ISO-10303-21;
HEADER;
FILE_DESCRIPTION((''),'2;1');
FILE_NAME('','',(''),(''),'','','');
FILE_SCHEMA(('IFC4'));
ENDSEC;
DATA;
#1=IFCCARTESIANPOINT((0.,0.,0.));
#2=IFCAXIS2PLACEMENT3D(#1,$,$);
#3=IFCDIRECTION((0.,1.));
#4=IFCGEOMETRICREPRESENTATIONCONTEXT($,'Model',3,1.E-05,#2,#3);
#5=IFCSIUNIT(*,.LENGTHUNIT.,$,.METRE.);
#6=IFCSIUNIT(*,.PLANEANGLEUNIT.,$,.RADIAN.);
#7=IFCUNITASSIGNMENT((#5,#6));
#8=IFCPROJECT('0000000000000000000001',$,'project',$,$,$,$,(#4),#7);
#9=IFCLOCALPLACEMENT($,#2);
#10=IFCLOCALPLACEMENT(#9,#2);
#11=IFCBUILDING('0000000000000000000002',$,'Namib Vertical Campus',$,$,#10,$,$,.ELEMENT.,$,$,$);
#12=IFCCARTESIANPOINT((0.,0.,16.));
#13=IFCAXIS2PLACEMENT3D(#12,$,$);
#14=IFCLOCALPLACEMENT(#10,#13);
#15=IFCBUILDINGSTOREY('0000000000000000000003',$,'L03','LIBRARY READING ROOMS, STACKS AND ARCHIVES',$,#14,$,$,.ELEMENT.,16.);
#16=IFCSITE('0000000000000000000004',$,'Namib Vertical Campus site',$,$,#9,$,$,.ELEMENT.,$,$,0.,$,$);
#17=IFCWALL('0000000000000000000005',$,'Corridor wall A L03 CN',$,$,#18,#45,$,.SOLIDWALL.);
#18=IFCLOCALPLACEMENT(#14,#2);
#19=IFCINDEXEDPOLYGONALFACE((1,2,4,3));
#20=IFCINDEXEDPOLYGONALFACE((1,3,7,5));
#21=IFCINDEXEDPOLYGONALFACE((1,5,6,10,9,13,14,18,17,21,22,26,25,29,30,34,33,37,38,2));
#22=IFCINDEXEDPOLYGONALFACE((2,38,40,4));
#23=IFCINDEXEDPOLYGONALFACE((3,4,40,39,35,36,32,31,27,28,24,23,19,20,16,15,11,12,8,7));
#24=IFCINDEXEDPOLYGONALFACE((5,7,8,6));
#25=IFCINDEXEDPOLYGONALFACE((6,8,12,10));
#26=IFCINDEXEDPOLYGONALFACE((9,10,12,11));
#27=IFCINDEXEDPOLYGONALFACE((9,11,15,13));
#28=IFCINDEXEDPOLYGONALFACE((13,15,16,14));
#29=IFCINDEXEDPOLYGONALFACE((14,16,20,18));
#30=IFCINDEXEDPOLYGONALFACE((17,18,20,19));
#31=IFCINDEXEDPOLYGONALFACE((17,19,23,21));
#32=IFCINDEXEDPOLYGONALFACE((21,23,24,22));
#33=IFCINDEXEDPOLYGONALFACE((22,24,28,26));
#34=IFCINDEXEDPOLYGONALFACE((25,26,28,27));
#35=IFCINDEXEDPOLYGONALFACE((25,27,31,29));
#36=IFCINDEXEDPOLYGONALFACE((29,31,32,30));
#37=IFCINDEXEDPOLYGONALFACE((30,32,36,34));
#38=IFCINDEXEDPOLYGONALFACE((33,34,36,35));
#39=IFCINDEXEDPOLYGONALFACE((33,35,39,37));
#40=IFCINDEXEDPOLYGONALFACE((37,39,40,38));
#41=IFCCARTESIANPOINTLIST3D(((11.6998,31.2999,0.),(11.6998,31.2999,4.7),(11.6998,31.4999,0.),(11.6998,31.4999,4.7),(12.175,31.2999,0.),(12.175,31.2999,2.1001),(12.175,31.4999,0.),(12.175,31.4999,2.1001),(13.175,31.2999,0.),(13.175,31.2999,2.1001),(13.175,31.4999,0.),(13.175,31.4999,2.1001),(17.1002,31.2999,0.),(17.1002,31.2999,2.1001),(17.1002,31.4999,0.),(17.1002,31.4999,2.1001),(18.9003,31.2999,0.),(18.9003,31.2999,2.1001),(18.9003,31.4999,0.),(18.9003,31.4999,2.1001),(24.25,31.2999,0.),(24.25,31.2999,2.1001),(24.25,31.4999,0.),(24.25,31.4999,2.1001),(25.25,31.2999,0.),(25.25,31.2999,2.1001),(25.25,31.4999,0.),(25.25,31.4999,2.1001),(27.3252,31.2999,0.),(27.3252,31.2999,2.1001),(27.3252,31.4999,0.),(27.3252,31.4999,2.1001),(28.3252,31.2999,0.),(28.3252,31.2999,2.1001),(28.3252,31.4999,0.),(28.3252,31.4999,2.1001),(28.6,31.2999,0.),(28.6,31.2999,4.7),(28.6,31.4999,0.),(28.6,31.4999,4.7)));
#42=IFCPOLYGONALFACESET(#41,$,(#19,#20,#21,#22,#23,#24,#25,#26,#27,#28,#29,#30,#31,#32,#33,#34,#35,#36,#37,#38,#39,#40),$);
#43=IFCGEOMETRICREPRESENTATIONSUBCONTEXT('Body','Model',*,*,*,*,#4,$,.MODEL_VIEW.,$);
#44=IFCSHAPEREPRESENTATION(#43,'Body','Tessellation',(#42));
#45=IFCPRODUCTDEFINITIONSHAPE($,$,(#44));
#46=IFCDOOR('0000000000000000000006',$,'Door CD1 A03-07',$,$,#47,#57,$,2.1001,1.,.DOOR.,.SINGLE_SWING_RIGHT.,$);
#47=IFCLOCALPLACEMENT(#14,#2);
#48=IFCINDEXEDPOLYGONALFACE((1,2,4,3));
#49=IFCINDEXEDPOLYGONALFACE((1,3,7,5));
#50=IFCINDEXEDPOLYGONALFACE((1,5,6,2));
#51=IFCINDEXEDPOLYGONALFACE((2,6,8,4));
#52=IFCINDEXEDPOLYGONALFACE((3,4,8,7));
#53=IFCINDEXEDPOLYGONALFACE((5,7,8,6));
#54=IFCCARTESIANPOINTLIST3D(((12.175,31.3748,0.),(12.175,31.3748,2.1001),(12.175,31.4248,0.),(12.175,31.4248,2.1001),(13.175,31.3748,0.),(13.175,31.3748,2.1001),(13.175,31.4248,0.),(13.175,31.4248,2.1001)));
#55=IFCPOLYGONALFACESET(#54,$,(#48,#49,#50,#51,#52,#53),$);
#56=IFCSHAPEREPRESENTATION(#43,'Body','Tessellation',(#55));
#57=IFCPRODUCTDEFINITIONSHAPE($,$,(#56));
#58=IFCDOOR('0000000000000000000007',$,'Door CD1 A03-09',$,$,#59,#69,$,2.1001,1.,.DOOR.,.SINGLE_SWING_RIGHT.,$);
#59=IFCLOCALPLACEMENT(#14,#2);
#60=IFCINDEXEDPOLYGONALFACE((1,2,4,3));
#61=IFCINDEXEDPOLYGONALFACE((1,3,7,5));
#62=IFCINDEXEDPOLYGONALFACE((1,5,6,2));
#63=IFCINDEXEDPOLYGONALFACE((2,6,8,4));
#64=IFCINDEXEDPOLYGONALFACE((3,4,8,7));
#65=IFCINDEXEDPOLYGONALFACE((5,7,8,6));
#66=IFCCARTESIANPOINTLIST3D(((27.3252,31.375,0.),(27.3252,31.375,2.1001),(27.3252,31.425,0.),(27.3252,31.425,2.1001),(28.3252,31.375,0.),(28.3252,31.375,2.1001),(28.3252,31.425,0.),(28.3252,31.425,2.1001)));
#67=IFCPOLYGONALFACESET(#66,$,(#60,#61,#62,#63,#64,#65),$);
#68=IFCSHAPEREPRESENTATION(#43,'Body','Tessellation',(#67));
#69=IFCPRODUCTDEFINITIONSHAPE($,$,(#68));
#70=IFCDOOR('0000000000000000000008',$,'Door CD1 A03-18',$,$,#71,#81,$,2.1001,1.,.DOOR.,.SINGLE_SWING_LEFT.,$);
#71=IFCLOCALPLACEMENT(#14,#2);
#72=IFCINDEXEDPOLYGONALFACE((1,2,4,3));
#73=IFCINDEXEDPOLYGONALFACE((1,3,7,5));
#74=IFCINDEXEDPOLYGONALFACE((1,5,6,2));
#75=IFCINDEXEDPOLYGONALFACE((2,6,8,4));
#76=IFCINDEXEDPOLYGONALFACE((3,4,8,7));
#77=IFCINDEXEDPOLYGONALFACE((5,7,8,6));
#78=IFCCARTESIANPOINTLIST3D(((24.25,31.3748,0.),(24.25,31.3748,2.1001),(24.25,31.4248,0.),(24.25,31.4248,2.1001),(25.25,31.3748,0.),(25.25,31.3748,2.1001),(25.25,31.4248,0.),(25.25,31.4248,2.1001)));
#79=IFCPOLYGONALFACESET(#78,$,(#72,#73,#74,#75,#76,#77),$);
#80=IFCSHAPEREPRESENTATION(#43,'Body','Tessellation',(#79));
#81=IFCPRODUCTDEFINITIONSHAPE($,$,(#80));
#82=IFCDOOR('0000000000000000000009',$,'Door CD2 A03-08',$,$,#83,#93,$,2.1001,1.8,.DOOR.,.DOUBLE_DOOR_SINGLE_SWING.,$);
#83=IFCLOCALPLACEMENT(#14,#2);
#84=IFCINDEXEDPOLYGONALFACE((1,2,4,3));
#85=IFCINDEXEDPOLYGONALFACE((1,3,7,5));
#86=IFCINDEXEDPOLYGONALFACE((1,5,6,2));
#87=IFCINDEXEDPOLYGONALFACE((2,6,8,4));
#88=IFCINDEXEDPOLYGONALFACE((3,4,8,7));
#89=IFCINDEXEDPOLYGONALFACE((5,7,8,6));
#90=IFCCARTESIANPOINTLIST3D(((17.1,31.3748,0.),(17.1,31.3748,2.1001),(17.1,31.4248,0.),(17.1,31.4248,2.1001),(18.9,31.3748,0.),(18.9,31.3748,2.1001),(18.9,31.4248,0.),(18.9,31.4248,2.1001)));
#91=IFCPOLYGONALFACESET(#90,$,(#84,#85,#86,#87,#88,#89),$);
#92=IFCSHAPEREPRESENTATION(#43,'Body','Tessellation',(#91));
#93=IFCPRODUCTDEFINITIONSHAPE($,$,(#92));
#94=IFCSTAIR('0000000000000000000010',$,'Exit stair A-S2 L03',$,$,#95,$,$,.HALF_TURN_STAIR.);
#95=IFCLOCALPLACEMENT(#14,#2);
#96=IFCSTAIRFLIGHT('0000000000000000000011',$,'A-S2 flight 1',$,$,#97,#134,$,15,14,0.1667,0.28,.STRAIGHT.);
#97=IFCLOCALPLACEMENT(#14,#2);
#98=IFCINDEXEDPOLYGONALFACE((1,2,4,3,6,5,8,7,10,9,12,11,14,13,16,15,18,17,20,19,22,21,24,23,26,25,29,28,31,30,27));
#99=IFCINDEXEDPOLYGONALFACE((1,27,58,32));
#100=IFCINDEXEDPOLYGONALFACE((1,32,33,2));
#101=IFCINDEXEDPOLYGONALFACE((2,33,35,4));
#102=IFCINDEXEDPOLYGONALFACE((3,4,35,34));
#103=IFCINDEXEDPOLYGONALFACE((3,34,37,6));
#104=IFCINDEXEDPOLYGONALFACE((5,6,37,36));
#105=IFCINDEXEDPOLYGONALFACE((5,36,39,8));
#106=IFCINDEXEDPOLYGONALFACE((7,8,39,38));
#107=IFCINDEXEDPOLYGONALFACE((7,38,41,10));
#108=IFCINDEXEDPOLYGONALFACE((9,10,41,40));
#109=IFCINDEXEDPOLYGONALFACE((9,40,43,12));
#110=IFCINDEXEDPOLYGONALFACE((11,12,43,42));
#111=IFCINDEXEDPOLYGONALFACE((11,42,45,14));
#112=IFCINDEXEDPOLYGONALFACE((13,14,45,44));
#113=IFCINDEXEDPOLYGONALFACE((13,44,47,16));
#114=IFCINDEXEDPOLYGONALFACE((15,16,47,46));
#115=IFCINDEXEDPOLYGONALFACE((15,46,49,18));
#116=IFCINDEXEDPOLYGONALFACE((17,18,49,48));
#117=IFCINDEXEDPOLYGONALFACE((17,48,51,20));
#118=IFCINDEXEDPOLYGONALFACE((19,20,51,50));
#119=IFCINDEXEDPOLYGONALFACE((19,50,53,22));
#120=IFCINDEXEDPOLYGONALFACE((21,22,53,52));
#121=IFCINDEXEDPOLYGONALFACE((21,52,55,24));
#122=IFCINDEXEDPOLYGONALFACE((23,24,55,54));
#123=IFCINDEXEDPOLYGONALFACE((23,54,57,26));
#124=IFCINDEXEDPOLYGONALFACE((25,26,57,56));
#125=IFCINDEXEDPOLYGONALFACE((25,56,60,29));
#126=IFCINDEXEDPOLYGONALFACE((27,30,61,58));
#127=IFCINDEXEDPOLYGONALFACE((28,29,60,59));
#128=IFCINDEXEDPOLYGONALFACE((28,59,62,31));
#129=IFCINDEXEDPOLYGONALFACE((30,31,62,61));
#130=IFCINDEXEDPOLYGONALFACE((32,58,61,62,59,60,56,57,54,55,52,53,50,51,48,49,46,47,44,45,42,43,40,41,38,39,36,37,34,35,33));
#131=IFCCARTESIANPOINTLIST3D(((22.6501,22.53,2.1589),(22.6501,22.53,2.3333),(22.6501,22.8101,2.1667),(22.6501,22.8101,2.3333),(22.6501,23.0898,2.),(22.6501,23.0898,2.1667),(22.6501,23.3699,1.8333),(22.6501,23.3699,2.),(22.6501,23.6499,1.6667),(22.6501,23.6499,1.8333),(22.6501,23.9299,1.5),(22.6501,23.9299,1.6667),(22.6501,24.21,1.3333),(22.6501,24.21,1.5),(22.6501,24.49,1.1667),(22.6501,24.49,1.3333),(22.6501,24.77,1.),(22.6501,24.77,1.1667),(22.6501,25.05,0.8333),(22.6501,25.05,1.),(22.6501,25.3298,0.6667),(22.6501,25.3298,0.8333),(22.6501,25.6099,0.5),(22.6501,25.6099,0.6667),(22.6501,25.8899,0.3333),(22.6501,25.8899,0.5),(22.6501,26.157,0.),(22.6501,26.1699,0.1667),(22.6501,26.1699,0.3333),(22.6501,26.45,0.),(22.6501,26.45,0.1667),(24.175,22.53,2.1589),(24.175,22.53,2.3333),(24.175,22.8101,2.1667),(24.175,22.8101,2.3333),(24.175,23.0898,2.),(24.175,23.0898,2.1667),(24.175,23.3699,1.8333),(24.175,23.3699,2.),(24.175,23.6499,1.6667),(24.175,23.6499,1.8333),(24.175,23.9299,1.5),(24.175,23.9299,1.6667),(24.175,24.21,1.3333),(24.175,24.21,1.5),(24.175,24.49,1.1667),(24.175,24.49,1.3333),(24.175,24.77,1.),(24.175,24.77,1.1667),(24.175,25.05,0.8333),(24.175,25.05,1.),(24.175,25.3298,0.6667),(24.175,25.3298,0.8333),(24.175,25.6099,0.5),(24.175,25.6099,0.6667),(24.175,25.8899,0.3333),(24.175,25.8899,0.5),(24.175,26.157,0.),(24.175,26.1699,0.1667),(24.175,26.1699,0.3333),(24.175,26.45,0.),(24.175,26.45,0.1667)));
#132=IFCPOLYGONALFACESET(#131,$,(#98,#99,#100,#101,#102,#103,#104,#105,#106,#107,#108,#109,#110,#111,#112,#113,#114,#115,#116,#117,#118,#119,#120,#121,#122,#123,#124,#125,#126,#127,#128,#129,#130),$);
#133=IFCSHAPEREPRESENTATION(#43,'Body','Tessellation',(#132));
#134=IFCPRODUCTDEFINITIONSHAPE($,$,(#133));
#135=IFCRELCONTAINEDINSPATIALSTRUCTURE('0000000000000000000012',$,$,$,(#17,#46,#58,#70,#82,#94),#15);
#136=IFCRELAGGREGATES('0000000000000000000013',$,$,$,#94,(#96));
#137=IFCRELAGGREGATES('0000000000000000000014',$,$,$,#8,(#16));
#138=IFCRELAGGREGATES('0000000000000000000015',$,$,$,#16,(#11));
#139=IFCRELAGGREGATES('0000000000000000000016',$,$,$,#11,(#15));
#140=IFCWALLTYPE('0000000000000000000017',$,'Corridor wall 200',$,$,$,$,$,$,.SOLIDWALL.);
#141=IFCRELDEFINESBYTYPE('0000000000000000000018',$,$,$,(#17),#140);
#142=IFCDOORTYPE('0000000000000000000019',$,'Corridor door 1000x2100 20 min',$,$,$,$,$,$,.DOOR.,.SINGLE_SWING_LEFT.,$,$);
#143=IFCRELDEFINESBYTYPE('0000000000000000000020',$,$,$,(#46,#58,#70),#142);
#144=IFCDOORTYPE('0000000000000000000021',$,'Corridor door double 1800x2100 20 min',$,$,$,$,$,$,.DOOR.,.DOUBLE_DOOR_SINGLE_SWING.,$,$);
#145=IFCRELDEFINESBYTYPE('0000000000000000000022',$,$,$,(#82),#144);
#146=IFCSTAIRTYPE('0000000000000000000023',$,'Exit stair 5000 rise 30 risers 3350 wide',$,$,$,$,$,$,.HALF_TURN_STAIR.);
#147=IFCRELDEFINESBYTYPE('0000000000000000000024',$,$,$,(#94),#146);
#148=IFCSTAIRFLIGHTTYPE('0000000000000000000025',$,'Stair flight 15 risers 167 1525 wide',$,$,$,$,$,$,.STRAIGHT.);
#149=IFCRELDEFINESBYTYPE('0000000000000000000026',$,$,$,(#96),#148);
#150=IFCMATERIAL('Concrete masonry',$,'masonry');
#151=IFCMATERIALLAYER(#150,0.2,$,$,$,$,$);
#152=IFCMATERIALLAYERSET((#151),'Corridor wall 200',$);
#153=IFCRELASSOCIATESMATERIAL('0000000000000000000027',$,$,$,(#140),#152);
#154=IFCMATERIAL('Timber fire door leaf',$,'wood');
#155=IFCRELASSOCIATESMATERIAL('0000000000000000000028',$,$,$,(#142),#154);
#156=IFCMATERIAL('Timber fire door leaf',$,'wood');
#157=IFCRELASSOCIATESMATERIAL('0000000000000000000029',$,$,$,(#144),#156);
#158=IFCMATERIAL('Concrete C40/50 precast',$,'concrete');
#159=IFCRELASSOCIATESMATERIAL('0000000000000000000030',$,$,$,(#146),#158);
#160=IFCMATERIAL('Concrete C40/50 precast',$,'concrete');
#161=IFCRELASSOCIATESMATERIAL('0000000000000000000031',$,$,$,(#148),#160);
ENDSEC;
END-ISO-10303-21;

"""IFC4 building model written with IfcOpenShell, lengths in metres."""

from ifc_helpers import new_model, si_unit, direction, frame, frame_2d, origin, place, context, subcontext, project, spatial, polyline, rectangle, outline, extrude, material, layer, layer_set, type_object, element, fill, aggregate, save


model = new_model("IFC4")

# Units and contexts
model_context = context("Model", 3, precision=1e-05, world=origin(), true_north=direction((0.0, 1.0)))
body_context = subcontext(model_context, "Body", "Model", "MODEL_VIEW")
ifc_project = project(units=[si_unit("LENGTHUNIT", "METRE"), si_unit("PLANEANGLEUNIT", "RADIAN")], contexts=[model_context])

# Site, building, storey
site_placement = place(None, origin())
site = spatial("IfcSite", under=ifc_project, at=site_placement, Name="Namib Vertical Campus site", CompositionType="ELEMENT", RefElevation=0.0)
building_placement = place(site_placement, origin())
building = spatial("IfcBuilding", under=site, at=building_placement, Name="Namib Vertical Campus", CompositionType="ELEMENT")
storey_placement = place(building_placement, frame((0.0, 0.0, 16.0)))
storey = spatial("IfcBuildingStorey", under=building, at=storey_placement, Name="L03", Description="LIBRARY READING ROOMS, STACKS AND ARCHIVES", CompositionType="ELEMENT", Elevation=16.0)

# Wall, openings, doors
ifc_material_1 = material(Name="Concrete masonry", Category="masonry")
ifc_layer_1 = layer(ifc_material_1, 0.2)
ifc_layer_set_1 = layer_set([ifc_layer_1], Name="Corridor wall 200")
wall_type_1 = type_object("IfcWallType", Name="Corridor wall 200", PredefinedType="SOLIDWALL", material=ifc_layer_set_1)
wall_1_placement = place(storey_placement, frame((28.6001, 31.3999, 0.0), z_axis=(0.0, 0.0, 1.0), x_axis=(-1.0, 0.0, 0.0)))
wall_1 = element("IfcWall", 1, at=wall_1_placement, inside=storey, type_object=wall_type_1, Name="Corridor wall A L03 CN", PredefinedType="SOLIDWALL", context=body_context, shape_type="SweptSolid", body=[
    extrude(rectangle(XDim=16.9001, YDim=0.2, at=frame_2d((8.4502, 0.0))), origin(), (0.0, 0.0, 1.0), 4.7),
])
opening_1_placement = place(wall_1_placement, frame((15.425, 0.0, 0.0)))
opening_1 = element("IfcOpeningElement", 2, at=opening_1_placement, cuts=wall_1, PredefinedType="OPENING", context=body_context, shape_type="SweptSolid", body=[
    extrude(rectangle(XDim=1.0, YDim=2.1001, at=frame_2d((0.5, 1.05))), frame((0.0, 0.1099, 0.0), z_axis=(0.0, -1.0, 0.0), x_axis=(1.0, 0.0, 0.0)), (0.0, 0.0, 1.0), 0.22),
])
opening_2_placement = place(wall_1_placement, frame((9.7, 0.0, 0.0)))
opening_2 = element("IfcOpeningElement", 3, at=opening_2_placement, cuts=wall_1, PredefinedType="OPENING", context=body_context, shape_type="SweptSolid", body=[
    extrude(rectangle(XDim=1.8, YDim=2.1001, at=frame_2d((0.8999, 1.05))), frame((0.0, 0.1099, 0.0), z_axis=(0.0, -1.0, 0.0), x_axis=(1.0, 0.0, 0.0)), (0.0, 0.0, 1.0), 0.22),
])
opening_3_placement = place(wall_1_placement, frame((0.2749, 0.0, 0.0)))
opening_3 = element("IfcOpeningElement", 4, at=opening_3_placement, cuts=wall_1, PredefinedType="OPENING", context=body_context, shape_type="SweptSolid", body=[
    extrude(rectangle(XDim=1.0, YDim=2.1001, at=frame_2d((0.5, 1.05))), frame((0.0, 0.1099, 0.0), z_axis=(0.0, -1.0, 0.0), x_axis=(1.0, 0.0, 0.0)), (0.0, 0.0, 1.0), 0.22),
])
opening_4_placement = place(wall_1_placement, frame((3.3501, 0.0, 0.0)))
opening_4 = element("IfcOpeningElement", 5, at=opening_4_placement, cuts=wall_1, PredefinedType="OPENING", context=body_context, shape_type="SweptSolid", body=[
    extrude(rectangle(XDim=1.0, YDim=2.1001, at=frame_2d((0.5, 1.05))), frame((0.0, 0.1099, 0.0), z_axis=(0.0, -1.0, 0.0), x_axis=(1.0, 0.0, 0.0)), (0.0, 0.0, 1.0), 0.22),
])
ifc_material_2 = material(Name="Timber fire door leaf", Category="wood")
door_type_1 = type_object("IfcDoorType", Name="Corridor door 1000x2100 20 min", OperationType="SINGLE_SWING_LEFT", PredefinedType="DOOR", material=ifc_material_2)
door_1_placement = place(opening_1_placement, frame((1.0, 0.0, 0.0), z_axis=(0.0, 0.0, 1.0), x_axis=(-1.0, 0.0, 0.0)))
door_1 = element("IfcDoor", 6, at=door_1_placement, inside=storey, type_object=door_type_1, Name="Door CD1 A03-07", OperationType="SINGLE_SWING_RIGHT", OverallHeight=2.1001, OverallWidth=1.0, PredefinedType="DOOR", context=body_context, shape_type="SweptSolid", body=[
    extrude(rectangle(XDim=1.0, YDim=2.1001, at=frame_2d((0.5, 1.05))), frame((0.0, 0.0249, 0.0), z_axis=(0.0, -1.0, 0.0), x_axis=(1.0, 0.0, 0.0)), (0.0, 0.0, 1.0), 0.05),
])
fill(opening_1, door_1)
door_2_placement = place(opening_3_placement, origin())
door_2 = element("IfcDoor", 7, at=door_2_placement, inside=storey, type_object=door_type_1, Name="Door CD1 A03-09", OperationType="SINGLE_SWING_RIGHT", OverallHeight=2.1001, OverallWidth=1.0, PredefinedType="DOOR", context=body_context, shape_type="SweptSolid", body=[
    extrude(rectangle(XDim=1.0, YDim=2.1001, at=frame_2d((0.5, 1.05))), frame((0.0, 0.0249, 0.0), z_axis=(0.0, -1.0, 0.0), x_axis=(1.0, 0.0, 0.0)), (0.0, 0.0, 1.0), 0.05),
])
fill(opening_3, door_2)
door_3_placement = place(opening_4_placement, frame((1.0, 0.0, 0.0), z_axis=(0.0, 0.0, 1.0), x_axis=(-1.0, 0.0, 0.0)))
door_3 = element("IfcDoor", 8, at=door_3_placement, inside=storey, type_object=door_type_1, Name="Door CD1 A03-18", OperationType="SINGLE_SWING_LEFT", OverallHeight=2.1001, OverallWidth=1.0, PredefinedType="DOOR", context=body_context, shape_type="SweptSolid", body=[
    extrude(rectangle(XDim=1.0, YDim=2.1001, at=frame_2d((0.5, 1.05))), frame((0.0, 0.0249, 0.0), z_axis=(0.0, -1.0, 0.0), x_axis=(1.0, 0.0, 0.0)), (0.0, 0.0, 1.0), 0.05),
])
fill(opening_4, door_3)
ifc_material_3 = material(Name="Timber fire door leaf", Category="wood")
door_type_2 = type_object("IfcDoorType", Name="Corridor door double 1800x2100 20 min", OperationType="DOUBLE_DOOR_SINGLE_SWING", PredefinedType="DOOR", material=ifc_material_3)
door_4_placement = place(opening_2_placement, frame((1.8, 0.0, 0.0), z_axis=(0.0, 0.0, 1.0), x_axis=(-1.0, 0.0, 0.0)))
door_4 = element("IfcDoor", 9, at=door_4_placement, inside=storey, type_object=door_type_2, Name="Door CD2 A03-08", OperationType="DOUBLE_DOOR_SINGLE_SWING", OverallHeight=2.1001, OverallWidth=1.8, PredefinedType="DOOR", context=body_context, shape_type="SweptSolid", body=[
    extrude(rectangle(XDim=1.8, YDim=2.1001, at=frame_2d((0.8999, 1.05))), frame((0.0, 0.0249, 0.0), z_axis=(0.0, -1.0, 0.0), x_axis=(1.0, 0.0, 0.0)), (0.0, 0.0, 1.0), 0.05),
])
fill(opening_2, door_4)

# Stair, stair flight
ifc_material_4 = material(Name="Concrete C40/50 precast", Category="concrete")
stair_type = type_object("IfcStairType", Name="Exit stair 5000 rise 30 risers 3350 wide", PredefinedType="HALF_TURN_STAIR", material=ifc_material_4)
stair_placement = place(storey_placement, origin())
stair = element("IfcStair", 10, at=stair_placement, inside=storey, type_object=stair_type, Name="Exit stair A-S2 L03", PredefinedType="HALF_TURN_STAIR")
ifc_material_5 = material(Name="Concrete C40/50 precast", Category="concrete")
stair_flight_type = type_object("IfcStairFlightType", Name="Stair flight 15 risers 167 1525 wide", PredefinedType="STRAIGHT", material=ifc_material_5)
stair_flight_1_placement = place(storey_placement, frame((23.4126, 26.45, 0.0), z_axis=(0.0, 0.0, 1.0), x_axis=(0.0, -1.0, 0.0)))
stair_flight_1 = element("IfcStairFlight", 11, at=stair_flight_1_placement, type_object=stair_flight_type, Name="A-S2 flight 1", NumberOfRisers=15, NumberOfTreads=14, PredefinedType="STRAIGHT", RiserHeight=0.1667, TreadLength=0.28, context=body_context, shape_type="SweptSolid", body=[
    extrude(outline(polyline([(0.0, 0.0), (0.0, 0.1667), (0.28, 0.1667), (0.28, 0.3333), (0.5601, 0.3333), (0.5601, 0.5), (0.8401, 0.5), (0.8401, 0.6667), (1.1201, 0.6667), (1.1201, 0.8333), (1.3999, 0.8333), (1.3999, 1.0), (1.6799, 1.0), (1.6799, 1.1667), (1.96, 1.1667), (1.96, 1.3333), (2.24, 1.3333), (2.24, 1.5), (2.52, 1.5), (2.52, 1.6667), (2.8, 1.6667), (2.8, 1.8333), (3.0801, 1.8333), (3.0801, 2.0), (3.3601, 2.0), (3.3601, 2.1667), (3.6399, 2.1667), (3.6399, 2.3333), (3.9199, 2.3333), (3.9199, 2.5), (3.9199, 2.1589), (0.293, 0.0), (0.0, 0.0)])), frame((0.0, 0.7625, 0.0), z_axis=(0.0, -1.0, 0.0), x_axis=(1.0, 0.0, 0.0)), (0.0, 0.0, 1.0), 1.5249),
])
aggregate(stair, [stair_flight_1])

save(model, "model.ifc")
